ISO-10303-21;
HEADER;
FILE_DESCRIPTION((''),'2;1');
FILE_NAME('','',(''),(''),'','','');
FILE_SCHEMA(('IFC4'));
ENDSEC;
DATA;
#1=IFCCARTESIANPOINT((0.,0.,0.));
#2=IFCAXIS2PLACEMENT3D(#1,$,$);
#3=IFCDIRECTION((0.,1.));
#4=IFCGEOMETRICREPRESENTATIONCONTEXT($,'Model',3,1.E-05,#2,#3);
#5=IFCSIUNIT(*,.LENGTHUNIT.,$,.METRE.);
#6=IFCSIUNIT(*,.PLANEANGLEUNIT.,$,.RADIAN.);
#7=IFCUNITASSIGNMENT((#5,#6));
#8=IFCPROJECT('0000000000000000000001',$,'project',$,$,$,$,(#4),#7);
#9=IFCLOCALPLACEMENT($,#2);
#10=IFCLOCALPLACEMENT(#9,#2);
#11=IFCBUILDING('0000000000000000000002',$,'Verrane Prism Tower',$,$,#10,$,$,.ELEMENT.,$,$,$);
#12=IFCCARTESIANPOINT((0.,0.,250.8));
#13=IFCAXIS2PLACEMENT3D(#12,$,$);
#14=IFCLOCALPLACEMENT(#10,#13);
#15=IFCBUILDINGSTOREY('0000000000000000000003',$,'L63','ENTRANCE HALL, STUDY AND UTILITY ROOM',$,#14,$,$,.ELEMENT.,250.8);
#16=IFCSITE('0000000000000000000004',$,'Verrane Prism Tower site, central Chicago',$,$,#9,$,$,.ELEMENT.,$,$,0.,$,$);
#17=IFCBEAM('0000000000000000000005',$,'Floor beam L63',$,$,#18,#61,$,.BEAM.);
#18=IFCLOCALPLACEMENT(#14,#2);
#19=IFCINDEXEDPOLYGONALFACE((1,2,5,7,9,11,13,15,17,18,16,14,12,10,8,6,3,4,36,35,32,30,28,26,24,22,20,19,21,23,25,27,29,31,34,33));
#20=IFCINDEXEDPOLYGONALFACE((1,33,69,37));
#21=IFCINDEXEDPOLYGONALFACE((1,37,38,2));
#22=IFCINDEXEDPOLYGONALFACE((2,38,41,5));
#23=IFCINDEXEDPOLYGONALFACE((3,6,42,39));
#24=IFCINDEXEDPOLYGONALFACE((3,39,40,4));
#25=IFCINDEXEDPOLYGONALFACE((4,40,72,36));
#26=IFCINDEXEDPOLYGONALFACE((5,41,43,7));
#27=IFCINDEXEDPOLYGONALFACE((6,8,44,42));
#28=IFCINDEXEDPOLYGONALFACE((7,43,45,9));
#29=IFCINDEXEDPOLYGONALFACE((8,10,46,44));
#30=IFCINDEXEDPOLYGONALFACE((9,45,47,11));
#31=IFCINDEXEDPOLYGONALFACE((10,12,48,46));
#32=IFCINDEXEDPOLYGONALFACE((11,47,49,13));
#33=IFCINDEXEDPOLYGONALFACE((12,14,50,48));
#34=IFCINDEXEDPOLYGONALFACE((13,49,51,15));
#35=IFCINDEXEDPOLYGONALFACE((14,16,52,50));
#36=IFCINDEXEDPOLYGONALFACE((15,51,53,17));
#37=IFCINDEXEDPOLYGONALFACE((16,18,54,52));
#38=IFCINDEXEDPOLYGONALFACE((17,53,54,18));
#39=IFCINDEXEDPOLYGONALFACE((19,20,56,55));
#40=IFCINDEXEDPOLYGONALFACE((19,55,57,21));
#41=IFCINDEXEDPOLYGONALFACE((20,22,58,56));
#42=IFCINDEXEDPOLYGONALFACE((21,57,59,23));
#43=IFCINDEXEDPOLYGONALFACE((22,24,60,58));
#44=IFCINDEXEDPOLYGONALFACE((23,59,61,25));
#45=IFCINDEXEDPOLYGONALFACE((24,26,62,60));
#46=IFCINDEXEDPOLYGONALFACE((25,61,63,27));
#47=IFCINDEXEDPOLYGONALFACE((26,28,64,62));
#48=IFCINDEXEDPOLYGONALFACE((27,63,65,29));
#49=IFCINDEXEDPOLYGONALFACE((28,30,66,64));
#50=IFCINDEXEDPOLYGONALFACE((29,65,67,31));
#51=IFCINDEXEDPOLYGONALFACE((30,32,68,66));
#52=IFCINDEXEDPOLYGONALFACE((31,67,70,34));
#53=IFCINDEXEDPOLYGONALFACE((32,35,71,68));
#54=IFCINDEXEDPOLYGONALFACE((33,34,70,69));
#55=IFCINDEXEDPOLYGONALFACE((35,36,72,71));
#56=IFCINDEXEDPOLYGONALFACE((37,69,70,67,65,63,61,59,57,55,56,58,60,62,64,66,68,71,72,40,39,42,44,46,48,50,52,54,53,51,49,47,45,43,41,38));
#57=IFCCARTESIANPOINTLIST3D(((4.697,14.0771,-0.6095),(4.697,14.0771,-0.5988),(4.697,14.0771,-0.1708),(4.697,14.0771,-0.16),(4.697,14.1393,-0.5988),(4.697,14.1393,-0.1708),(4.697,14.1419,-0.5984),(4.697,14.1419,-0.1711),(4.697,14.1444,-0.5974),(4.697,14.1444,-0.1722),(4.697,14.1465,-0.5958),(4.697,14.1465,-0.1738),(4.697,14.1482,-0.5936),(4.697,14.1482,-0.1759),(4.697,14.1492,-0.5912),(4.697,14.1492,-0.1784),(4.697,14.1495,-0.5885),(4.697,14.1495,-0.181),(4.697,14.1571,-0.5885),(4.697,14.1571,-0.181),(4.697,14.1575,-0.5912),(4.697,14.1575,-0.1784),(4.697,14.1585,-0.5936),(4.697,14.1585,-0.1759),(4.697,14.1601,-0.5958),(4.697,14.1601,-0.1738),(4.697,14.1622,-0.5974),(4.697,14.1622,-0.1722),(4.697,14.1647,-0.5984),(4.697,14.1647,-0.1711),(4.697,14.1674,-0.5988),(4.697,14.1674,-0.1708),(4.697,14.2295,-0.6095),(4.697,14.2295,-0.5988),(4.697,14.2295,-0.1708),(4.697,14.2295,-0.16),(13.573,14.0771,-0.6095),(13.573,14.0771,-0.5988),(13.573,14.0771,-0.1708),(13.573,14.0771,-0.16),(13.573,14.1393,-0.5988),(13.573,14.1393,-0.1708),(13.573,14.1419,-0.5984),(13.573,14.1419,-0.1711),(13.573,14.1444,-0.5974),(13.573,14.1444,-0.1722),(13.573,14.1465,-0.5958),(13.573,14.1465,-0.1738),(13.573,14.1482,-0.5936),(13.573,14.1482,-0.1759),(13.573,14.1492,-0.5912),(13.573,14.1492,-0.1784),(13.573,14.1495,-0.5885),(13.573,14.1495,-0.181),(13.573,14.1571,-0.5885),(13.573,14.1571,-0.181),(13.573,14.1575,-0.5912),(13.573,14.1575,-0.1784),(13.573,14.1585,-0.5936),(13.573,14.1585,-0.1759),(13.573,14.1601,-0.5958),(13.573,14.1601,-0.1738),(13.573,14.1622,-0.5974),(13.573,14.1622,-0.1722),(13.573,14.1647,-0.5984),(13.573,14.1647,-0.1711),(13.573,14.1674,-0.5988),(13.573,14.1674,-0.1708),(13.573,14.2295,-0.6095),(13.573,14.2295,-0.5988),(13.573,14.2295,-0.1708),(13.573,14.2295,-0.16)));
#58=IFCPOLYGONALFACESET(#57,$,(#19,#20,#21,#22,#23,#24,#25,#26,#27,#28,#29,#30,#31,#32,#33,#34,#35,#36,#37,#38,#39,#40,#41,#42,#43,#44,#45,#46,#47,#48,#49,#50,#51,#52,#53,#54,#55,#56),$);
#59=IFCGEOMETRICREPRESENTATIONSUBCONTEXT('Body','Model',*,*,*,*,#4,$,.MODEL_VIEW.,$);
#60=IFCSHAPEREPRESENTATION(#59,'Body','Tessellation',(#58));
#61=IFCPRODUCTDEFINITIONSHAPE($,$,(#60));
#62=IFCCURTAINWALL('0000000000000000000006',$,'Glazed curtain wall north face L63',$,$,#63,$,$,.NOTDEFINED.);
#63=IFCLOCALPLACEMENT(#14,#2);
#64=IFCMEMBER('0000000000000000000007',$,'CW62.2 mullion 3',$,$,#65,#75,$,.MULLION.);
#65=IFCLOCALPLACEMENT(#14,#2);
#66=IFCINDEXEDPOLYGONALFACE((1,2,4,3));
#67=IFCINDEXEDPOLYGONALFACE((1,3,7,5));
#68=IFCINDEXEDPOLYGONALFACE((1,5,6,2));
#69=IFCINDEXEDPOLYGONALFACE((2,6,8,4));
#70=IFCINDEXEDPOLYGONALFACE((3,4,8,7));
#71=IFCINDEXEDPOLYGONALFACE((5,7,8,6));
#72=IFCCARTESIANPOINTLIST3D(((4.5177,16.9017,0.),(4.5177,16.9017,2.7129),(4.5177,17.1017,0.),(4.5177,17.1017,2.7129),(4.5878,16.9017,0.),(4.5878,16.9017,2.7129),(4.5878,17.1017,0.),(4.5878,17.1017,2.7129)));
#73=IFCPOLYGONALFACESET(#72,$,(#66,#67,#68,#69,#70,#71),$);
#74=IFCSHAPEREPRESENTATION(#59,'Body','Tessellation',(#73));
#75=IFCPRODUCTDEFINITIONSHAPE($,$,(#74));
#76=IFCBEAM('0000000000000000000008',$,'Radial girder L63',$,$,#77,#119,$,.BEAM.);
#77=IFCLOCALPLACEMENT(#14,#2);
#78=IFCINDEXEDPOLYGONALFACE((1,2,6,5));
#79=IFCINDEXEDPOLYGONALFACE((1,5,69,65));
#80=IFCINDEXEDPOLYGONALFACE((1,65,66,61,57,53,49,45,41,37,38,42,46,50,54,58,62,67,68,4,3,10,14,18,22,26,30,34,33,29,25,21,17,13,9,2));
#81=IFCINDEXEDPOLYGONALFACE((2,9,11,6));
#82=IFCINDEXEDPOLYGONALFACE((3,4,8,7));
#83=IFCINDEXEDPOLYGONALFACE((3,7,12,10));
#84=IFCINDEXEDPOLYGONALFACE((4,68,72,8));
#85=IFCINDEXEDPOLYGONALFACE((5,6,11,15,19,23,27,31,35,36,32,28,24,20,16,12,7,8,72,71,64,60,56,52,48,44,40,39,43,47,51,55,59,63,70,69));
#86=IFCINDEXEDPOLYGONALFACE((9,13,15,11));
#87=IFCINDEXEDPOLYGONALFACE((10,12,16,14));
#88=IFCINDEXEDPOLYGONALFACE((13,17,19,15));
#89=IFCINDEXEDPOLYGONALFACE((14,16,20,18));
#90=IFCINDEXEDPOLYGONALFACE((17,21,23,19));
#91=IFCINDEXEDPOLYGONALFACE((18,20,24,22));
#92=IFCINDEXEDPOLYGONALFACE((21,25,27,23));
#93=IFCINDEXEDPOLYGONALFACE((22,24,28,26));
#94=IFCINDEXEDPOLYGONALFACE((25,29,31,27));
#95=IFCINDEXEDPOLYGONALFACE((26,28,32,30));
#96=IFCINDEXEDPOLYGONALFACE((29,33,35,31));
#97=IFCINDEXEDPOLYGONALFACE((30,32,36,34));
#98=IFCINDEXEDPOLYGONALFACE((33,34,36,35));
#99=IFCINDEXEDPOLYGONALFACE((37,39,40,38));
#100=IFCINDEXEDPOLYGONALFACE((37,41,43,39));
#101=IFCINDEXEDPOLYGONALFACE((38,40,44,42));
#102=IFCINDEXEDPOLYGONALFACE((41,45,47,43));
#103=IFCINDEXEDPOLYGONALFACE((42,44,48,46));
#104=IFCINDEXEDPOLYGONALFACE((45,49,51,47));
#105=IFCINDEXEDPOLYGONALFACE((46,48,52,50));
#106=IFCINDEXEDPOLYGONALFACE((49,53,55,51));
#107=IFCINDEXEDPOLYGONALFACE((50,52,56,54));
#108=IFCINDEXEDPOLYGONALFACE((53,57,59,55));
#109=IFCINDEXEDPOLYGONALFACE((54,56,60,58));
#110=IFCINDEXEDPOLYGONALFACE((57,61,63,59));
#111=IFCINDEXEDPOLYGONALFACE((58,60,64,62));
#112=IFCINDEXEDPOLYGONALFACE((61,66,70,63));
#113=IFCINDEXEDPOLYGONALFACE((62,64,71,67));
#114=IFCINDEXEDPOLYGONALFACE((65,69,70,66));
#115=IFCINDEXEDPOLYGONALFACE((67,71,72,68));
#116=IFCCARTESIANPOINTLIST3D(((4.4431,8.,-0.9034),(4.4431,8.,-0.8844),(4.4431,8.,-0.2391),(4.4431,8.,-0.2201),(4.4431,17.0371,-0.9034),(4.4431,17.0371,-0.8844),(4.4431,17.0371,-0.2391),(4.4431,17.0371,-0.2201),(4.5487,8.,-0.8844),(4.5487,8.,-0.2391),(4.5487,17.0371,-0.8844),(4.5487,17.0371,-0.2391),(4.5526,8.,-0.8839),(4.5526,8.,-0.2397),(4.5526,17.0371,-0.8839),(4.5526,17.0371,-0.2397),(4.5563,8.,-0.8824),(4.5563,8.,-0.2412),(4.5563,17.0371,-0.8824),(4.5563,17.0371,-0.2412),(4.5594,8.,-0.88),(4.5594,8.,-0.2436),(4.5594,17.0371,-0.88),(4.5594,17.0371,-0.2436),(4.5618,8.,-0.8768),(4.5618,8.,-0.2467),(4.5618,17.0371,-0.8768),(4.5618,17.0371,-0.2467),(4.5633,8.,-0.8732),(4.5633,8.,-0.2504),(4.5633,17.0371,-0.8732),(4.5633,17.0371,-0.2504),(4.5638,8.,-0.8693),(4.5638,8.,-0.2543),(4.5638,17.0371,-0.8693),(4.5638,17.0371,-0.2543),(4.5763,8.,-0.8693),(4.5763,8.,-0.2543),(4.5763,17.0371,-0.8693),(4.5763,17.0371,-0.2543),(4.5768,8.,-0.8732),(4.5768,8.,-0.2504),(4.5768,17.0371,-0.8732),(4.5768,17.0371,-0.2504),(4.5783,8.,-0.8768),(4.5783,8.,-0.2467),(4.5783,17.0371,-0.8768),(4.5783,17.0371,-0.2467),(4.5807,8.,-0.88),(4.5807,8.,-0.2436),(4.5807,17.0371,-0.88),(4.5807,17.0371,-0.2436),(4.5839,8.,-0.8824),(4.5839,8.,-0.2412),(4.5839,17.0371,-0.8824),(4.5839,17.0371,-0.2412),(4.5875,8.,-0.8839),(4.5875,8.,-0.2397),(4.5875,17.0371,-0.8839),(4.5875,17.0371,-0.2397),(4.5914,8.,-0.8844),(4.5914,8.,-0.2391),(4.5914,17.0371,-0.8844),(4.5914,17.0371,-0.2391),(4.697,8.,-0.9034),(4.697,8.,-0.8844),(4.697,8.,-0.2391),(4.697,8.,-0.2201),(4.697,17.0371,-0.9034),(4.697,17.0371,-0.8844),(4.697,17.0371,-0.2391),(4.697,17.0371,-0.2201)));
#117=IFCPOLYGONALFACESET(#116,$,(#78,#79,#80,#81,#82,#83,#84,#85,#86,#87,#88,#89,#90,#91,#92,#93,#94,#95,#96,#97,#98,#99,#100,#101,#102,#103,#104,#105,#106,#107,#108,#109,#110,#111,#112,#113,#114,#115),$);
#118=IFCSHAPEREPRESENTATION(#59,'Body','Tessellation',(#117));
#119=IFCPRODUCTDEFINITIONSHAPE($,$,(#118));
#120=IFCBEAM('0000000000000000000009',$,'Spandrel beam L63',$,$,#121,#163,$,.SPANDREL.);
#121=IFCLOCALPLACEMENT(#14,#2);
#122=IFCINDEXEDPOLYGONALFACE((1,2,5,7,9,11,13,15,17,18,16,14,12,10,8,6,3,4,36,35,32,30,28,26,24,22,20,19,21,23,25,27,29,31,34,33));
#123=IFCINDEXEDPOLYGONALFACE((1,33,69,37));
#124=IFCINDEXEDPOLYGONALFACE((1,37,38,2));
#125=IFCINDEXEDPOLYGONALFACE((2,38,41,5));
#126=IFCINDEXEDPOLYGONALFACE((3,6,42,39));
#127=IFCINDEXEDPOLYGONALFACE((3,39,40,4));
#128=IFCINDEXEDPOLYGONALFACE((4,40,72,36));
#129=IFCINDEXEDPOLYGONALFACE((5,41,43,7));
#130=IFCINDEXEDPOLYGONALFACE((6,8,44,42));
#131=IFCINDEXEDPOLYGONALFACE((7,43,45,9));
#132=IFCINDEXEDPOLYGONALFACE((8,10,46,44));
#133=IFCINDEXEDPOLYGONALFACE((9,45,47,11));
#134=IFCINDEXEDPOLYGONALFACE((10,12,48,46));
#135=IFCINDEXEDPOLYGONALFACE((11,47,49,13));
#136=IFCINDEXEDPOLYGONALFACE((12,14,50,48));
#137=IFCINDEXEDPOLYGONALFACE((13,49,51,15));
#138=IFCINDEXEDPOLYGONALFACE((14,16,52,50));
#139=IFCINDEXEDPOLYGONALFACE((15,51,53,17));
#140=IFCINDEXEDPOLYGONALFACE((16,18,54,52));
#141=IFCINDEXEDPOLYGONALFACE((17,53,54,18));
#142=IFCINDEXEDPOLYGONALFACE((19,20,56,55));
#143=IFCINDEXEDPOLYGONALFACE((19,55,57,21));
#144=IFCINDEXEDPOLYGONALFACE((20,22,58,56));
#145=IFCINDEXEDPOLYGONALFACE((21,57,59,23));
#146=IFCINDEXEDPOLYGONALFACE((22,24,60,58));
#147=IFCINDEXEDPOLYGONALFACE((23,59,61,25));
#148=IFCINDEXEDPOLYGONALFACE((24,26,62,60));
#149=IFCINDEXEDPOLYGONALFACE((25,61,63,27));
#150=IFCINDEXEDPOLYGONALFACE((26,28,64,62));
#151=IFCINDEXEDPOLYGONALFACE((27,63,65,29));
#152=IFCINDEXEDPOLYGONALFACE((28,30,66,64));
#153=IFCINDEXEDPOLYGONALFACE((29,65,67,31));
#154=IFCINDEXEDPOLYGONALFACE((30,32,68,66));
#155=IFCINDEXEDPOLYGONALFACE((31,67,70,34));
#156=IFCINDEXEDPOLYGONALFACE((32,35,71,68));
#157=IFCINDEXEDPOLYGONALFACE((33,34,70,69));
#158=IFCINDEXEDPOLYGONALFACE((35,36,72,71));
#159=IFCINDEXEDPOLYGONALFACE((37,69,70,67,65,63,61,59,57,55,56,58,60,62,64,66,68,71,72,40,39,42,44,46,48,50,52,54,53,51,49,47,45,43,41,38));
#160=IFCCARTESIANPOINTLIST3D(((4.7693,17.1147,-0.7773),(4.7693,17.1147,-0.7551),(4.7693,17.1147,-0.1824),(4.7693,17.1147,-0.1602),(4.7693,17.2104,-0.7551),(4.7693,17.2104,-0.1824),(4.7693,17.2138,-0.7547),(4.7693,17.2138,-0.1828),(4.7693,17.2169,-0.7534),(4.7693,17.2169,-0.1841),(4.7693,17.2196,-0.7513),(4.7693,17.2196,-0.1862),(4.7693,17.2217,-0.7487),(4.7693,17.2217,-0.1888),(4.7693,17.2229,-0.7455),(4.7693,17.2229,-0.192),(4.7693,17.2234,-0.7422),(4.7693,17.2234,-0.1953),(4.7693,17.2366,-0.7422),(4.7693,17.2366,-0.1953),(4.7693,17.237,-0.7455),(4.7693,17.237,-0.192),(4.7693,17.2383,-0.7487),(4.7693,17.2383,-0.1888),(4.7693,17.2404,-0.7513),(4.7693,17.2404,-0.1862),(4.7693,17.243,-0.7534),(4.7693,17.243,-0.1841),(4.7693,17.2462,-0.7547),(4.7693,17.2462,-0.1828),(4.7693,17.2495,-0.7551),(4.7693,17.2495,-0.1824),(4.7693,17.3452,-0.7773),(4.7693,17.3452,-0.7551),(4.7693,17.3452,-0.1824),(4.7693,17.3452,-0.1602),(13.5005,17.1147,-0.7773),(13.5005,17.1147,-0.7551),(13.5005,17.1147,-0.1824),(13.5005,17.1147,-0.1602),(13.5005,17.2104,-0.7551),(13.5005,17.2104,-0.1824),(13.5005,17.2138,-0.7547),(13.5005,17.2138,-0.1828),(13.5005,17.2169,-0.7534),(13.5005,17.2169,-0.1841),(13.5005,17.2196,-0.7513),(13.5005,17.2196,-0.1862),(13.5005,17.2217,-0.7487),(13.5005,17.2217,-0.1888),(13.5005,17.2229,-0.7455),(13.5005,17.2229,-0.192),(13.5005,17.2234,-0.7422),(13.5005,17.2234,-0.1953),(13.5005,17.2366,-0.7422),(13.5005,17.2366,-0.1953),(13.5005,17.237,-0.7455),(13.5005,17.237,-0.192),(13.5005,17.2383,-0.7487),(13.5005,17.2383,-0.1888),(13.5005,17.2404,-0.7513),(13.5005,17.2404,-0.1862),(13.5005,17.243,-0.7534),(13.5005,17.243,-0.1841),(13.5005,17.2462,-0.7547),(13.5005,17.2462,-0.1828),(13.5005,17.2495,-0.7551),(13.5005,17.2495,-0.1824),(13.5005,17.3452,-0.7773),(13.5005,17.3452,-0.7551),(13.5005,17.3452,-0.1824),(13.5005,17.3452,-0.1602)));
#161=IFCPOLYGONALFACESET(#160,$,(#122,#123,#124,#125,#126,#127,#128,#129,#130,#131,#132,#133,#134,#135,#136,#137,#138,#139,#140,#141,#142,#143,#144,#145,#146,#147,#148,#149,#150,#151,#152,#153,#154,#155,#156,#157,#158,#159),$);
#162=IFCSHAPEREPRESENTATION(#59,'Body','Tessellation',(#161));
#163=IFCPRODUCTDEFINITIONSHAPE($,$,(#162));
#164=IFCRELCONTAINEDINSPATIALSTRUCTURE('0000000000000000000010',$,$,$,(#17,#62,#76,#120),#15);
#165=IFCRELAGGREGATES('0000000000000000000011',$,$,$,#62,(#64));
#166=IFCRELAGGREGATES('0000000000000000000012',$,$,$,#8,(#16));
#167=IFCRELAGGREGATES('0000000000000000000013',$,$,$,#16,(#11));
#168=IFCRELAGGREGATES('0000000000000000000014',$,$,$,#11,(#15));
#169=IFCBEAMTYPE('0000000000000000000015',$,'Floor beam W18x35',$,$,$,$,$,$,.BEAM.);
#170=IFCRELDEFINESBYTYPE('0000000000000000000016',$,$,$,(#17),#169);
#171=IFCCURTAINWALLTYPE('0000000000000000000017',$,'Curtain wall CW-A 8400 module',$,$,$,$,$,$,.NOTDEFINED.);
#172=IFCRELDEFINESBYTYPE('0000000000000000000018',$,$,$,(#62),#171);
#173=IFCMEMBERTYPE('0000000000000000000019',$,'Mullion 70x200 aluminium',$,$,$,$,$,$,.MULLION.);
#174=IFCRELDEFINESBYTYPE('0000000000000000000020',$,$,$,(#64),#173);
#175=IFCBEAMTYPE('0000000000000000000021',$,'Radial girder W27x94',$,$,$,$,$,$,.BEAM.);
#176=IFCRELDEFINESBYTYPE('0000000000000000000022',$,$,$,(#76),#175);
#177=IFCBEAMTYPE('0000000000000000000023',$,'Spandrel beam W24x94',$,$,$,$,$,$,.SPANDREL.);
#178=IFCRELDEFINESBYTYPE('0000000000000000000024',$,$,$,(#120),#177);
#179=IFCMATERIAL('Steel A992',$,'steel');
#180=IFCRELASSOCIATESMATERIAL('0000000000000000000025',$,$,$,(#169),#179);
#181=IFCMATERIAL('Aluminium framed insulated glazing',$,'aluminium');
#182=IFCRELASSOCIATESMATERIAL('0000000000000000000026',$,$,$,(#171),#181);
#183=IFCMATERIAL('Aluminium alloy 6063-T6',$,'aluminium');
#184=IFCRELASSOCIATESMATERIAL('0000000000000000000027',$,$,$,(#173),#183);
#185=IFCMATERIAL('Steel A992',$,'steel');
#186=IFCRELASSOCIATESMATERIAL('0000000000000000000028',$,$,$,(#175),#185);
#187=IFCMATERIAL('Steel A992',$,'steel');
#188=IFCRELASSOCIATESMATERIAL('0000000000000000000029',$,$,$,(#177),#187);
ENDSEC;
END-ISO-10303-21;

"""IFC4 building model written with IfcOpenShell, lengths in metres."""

from ifc_helpers import new_model, si_unit, direction, frame, origin, origin_2d, place, context, subcontext, project, spatial, rectangle, i_section, extrude, material, material_profile, profile_set, type_object, element, aggregate, save


model = new_model("IFC4")

# Units and contexts
model_context = context("Model", 3, precision=1e-05, world=origin(), true_north=direction((0.0, 1.0)))
body_context = subcontext(model_context, "Body", "Model", "MODEL_VIEW")
ifc_project = project(units=[si_unit("LENGTHUNIT", "METRE"), si_unit("PLANEANGLEUNIT", "RADIAN")], contexts=[model_context])

# Site, building, storey
site_placement = place(None, origin())
site = spatial("IfcSite", under=ifc_project, at=site_placement, Name="Verrane Prism Tower site, central Chicago", CompositionType="ELEMENT", RefElevation=0.0)
building_placement = place(site_placement, origin())
building = spatial("IfcBuilding", under=site, at=building_placement, Name="Verrane Prism Tower", CompositionType="ELEMENT")
storey_placement = place(building_placement, frame((0.0, 0.0, 250.8)))
storey = spatial("IfcBuildingStorey", under=building, at=storey_placement, Name="L63", Description="ENTRANCE HALL, STUDY AND UTILITY ROOM", CompositionType="ELEMENT", Elevation=250.8)

# Beam
ifc_material_1 = material(Name="Steel A992", Category="steel")
ifc_material_profile_1 = material_profile(ifc_material_1, i_section(OverallWidth=0.1523, OverallDepth=0.4495, WebThickness=0.0076, FlangeThickness=0.0107, FilletRadius=0.0103, at=origin_2d()), Name="W18x35")
ifc_profile_set_1 = profile_set([ifc_material_profile_1], Name="Steel A992")
beam_type_1 = type_object("IfcBeamType", Name="Floor beam W18x35", PredefinedType="BEAM", material=ifc_profile_set_1)
for number, where, z_axis, x_axis, name in (
    (1, (4.697, 14.1533, -0.3848), (1.0, 0.0, 0.0), (0.0, 1.0, 0.0), "Floor beam L63"),
):
    element("IfcBeam", number, at=place(storey_placement, frame(where, z_axis=z_axis, x_axis=x_axis)), inside=storey, type_object=beam_type_1, Name=name, PredefinedType="BEAM", context=body_context, shape_type="SweptSolid", body=[
        extrude(i_section(OverallWidth=0.1523, OverallDepth=0.4495, WebThickness=0.0076, FlangeThickness=0.0107, FilletRadius=0.0103, at=origin_2d()), origin(), (0.0, 0.0, 1.0), 8.876),
    ])

# Curtain wall, member
ifc_material_2 = material(Name="Aluminium framed insulated glazing", Category="aluminium")
curtain_wall_type = type_object("IfcCurtainWallType", Name="Curtain wall CW-A 8400 module", PredefinedType="NOTDEFINED", material=ifc_material_2)
curtain_wall_placement = place(storey_placement, origin())
curtain_wall = element("IfcCurtainWall", 2, at=curtain_wall_placement, inside=storey, type_object=curtain_wall_type, Name="Glazed curtain wall north face L63", PredefinedType="NOTDEFINED")
ifc_material_3 = material(Name="Aluminium alloy 6063-T6", Category="aluminium")
ifc_material_profile_2 = material_profile(ifc_material_3, rectangle(XDim=0.2, YDim=0.0701, at=origin_2d()), Name="Mullion 70x200 aluminium")
ifc_profile_set_2 = profile_set([ifc_material_profile_2], Name="Aluminium alloy 6063-T6")
member_type_1 = type_object("IfcMemberType", Name="Mullion 70x200 aluminium", PredefinedType="MULLION", material=ifc_profile_set_2)
member_1_placement = place(storey_placement, frame((4.5527, 17.0017, 0.0), z_axis=(0.0, 0.0, 1.0), x_axis=(0.0, -1.0, 0.0)))
member_1 = element("IfcMember", 3, at=member_1_placement, type_object=member_type_1, Name="CW62.2 mullion 3", PredefinedType="MULLION", context=body_context, shape_type="SweptSolid", body=[
    extrude(rectangle(XDim=0.2, YDim=0.0701, at=origin_2d()), origin(), (0.0, 0.0, 1.0), 2.7129),
])

# Beams
ifc_material_4 = material(Name="Steel A992", Category="steel")
ifc_material_profile_3 = material_profile(ifc_material_4, i_section(OverallWidth=0.2539, OverallDepth=0.6833, WebThickness=0.0125, FlangeThickness=0.019, FilletRadius=0.0151, at=origin_2d()), Name="W27x94")
ifc_profile_set_3 = profile_set([ifc_material_profile_3], Name="Steel A992")
beam_type_2 = type_object("IfcBeamType", Name="Radial girder W27x94", PredefinedType="BEAM", material=ifc_profile_set_3)
beam_1_placement = place(storey_placement, frame((4.5701, 17.0371, -0.5618), z_axis=(0.0, -1.0, 0.0), x_axis=(1.0, 0.0, 0.0)))
element("IfcBeam", 4, at=beam_1_placement, inside=storey, type_object=beam_type_2, Name="Radial girder L63", PredefinedType="BEAM", context=body_context, shape_type="SweptSolid", body=[
    extrude(i_section(OverallWidth=0.2539, OverallDepth=0.6833, WebThickness=0.0125, FlangeThickness=0.019, FilletRadius=0.0151, at=origin_2d()), origin(), (0.0, 0.0, 1.0), 9.0371),
])
ifc_material_5 = material(Name="Steel A992", Category="steel")
ifc_material_profile_4 = material_profile(ifc_material_5, i_section(OverallWidth=0.2305, OverallDepth=0.6172, WebThickness=0.0132, FlangeThickness=0.0222, FilletRadius=0.0129, at=origin_2d()), Name="W24x94")
ifc_profile_set_4 = profile_set([ifc_material_profile_4], Name="Steel A992")
beam_type_3 = type_object("IfcBeamType", Name="Spandrel beam W24x94", PredefinedType="SPANDREL", material=ifc_profile_set_4)
beam_2_placement = place(storey_placement, frame((13.5005, 17.23, -0.4688), z_axis=(-1.0, 0.0, 0.0), x_axis=(0.0, -1.0, 0.0)))
element("IfcBeam", 5, at=beam_2_placement, inside=storey, type_object=beam_type_3, Name="Spandrel beam L63", PredefinedType="SPANDREL", context=body_context, shape_type="SweptSolid", body=[
    extrude(i_section(OverallWidth=0.2305, OverallDepth=0.6172, WebThickness=0.0132, FlangeThickness=0.0222, FilletRadius=0.0129, at=origin_2d()), origin(), (0.0, 0.0, 1.0), 8.7312),
])

aggregate(curtain_wall, [member_1])

save(model, "model.ifc")
